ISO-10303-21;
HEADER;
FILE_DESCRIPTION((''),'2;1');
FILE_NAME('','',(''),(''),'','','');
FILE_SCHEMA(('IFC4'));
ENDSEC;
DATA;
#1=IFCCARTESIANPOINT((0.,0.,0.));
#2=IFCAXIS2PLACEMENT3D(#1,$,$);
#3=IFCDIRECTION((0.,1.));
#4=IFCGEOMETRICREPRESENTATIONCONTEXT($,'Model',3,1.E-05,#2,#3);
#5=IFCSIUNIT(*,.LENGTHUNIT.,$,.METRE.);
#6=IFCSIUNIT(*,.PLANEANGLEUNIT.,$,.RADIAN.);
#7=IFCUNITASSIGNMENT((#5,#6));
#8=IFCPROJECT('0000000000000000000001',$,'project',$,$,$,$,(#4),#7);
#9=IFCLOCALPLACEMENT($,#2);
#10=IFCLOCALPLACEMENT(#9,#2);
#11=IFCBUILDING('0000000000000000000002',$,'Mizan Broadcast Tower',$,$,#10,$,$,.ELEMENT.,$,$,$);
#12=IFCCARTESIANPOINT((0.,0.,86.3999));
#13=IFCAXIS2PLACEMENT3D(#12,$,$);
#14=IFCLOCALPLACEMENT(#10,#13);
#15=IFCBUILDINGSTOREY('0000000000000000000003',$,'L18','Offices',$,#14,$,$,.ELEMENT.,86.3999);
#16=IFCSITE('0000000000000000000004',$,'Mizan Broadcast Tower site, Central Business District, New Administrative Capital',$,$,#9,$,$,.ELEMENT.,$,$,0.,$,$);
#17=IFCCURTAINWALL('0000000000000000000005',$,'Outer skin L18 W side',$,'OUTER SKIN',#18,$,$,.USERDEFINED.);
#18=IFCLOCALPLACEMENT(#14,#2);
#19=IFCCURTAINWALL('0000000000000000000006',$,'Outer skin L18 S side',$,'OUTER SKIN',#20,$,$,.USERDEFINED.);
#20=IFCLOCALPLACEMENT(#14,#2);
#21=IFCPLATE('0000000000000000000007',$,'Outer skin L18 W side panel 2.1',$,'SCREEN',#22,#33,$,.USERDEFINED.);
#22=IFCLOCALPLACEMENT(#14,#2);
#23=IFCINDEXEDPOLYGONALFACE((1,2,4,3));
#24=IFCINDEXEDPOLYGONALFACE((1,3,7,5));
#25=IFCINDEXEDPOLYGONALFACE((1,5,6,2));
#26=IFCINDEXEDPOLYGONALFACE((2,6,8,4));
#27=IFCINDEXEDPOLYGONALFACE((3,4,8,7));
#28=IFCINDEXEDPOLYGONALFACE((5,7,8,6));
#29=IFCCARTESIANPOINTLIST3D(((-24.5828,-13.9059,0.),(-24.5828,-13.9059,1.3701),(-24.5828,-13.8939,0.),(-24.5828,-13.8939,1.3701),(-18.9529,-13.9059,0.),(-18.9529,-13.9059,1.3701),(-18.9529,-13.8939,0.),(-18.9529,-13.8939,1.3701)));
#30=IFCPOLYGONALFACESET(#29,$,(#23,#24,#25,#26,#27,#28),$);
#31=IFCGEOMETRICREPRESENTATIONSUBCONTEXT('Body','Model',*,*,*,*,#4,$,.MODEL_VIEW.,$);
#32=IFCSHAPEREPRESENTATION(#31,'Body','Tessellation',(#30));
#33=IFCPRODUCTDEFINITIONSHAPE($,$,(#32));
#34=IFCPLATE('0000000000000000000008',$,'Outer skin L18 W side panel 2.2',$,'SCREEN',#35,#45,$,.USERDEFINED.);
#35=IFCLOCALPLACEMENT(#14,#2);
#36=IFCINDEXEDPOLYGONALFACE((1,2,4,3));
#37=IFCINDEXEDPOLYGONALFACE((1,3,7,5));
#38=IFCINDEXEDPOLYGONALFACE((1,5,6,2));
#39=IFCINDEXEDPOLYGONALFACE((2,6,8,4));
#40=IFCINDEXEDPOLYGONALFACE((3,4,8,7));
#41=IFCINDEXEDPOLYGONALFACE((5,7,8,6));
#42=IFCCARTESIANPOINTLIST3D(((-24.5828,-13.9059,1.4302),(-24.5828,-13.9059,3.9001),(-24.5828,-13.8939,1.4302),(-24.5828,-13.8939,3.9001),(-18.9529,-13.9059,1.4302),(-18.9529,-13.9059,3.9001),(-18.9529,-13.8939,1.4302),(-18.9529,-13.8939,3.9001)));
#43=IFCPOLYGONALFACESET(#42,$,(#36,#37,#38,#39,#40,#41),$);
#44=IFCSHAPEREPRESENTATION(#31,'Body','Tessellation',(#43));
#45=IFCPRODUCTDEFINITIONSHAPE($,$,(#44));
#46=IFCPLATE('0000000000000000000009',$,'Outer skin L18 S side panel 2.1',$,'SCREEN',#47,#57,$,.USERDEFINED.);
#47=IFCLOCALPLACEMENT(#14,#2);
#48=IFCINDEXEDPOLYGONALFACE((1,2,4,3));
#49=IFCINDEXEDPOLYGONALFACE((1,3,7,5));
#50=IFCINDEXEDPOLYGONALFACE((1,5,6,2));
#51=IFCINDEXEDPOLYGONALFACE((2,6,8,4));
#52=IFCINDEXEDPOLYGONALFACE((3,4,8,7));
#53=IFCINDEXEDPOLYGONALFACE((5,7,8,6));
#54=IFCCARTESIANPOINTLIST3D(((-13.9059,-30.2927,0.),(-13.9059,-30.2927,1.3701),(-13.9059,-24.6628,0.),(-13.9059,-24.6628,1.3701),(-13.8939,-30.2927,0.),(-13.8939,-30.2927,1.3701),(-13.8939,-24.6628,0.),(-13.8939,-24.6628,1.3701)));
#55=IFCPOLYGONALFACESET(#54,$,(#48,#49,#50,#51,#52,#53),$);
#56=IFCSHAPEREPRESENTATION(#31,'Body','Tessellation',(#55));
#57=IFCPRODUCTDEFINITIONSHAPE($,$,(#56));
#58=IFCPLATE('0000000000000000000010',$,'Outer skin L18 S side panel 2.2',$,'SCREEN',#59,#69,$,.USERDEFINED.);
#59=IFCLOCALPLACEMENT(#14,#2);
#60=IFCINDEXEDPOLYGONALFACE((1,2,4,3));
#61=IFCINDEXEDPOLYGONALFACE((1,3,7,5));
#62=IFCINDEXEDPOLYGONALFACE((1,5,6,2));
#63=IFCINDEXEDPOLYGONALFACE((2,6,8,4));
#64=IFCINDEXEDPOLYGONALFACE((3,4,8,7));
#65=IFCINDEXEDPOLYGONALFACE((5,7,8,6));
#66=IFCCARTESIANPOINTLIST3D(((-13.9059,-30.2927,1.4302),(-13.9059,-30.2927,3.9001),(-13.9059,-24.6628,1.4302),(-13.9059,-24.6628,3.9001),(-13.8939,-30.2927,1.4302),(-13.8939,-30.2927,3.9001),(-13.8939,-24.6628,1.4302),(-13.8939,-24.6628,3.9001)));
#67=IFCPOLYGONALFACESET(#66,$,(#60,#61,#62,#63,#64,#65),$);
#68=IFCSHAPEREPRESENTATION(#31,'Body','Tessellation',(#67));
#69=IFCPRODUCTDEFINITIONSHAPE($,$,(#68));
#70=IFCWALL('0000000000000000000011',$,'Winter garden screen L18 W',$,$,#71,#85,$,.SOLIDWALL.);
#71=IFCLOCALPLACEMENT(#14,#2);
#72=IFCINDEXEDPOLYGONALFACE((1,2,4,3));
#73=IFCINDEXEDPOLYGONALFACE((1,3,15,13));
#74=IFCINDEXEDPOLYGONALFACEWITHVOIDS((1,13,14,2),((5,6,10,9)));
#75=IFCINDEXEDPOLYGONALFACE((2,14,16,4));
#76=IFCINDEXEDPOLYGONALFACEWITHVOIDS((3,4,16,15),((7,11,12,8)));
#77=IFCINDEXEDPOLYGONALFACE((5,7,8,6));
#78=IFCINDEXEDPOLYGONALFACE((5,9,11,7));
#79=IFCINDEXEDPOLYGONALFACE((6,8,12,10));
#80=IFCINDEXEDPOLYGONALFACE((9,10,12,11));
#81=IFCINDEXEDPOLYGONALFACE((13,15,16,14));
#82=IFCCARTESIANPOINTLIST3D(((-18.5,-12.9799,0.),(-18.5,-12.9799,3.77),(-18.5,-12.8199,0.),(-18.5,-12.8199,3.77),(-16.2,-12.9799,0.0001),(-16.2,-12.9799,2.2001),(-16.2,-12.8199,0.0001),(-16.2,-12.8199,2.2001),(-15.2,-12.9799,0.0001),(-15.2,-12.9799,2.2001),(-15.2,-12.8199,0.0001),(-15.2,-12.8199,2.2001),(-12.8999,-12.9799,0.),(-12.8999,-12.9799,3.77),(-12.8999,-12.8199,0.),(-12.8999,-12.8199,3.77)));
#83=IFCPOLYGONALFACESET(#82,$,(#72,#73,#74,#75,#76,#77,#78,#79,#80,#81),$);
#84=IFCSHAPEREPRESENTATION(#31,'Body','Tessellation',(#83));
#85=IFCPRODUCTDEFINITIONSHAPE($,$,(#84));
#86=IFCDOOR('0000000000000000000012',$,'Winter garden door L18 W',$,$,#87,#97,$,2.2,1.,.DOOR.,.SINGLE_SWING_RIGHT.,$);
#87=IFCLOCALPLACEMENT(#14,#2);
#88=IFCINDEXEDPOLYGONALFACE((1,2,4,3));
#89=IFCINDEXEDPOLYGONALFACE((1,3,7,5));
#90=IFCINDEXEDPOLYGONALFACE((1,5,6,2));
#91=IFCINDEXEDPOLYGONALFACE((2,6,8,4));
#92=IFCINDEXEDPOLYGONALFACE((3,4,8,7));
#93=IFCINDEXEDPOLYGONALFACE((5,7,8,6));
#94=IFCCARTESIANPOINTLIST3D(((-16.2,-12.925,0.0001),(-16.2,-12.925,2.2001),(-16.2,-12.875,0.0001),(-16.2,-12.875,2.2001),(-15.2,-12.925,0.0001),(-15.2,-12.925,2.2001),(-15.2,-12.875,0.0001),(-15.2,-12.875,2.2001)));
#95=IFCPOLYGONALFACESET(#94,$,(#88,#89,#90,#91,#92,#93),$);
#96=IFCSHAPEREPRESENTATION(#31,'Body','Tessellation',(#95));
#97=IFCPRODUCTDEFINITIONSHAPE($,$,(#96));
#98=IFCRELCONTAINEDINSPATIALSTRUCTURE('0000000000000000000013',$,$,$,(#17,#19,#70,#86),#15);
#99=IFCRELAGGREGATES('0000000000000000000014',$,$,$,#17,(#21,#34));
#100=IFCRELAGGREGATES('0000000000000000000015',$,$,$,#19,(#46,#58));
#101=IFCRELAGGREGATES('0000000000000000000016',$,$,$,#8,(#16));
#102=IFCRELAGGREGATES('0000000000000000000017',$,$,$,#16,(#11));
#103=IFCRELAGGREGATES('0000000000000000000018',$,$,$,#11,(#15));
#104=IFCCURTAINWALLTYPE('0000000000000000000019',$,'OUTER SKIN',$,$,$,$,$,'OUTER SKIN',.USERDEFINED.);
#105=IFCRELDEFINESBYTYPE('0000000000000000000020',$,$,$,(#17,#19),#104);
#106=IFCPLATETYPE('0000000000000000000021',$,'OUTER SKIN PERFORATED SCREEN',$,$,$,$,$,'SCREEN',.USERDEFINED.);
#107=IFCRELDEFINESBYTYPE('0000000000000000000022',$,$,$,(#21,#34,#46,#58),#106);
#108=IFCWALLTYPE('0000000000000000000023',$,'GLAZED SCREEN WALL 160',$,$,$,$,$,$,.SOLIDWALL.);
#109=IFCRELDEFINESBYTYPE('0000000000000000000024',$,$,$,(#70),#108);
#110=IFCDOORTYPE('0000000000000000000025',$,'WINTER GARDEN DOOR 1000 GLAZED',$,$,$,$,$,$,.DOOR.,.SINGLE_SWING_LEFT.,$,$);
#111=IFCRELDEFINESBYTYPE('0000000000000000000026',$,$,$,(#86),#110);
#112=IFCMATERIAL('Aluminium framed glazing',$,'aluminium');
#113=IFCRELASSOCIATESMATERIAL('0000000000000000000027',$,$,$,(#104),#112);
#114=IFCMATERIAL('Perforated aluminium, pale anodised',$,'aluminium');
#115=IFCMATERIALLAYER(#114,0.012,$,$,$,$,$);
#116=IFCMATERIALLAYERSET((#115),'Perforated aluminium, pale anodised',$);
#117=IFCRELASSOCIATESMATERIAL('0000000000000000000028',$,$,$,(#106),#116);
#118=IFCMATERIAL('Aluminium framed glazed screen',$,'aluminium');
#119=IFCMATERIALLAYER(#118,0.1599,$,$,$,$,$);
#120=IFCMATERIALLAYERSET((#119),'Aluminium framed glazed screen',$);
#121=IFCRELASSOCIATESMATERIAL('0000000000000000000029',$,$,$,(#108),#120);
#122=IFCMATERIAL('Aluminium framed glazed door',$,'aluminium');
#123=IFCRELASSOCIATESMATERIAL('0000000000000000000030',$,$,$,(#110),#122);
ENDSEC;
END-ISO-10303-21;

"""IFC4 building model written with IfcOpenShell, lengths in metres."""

from ifc_helpers import new_model, si_unit, direction, frame, frame_2d, origin, origin_2d, place, context, subcontext, project, spatial, rectangle, extrude, material, layer, layer_set, type_object, element, fill, aggregate, save


model = new_model("IFC4")

# Units and contexts
model_context = context("Model", 3, precision=1e-05, world=origin(), true_north=direction((0.0, 1.0)))
body_context = subcontext(model_context, "Body", "Model", "MODEL_VIEW")
ifc_project = project(units=[si_unit("LENGTHUNIT", "METRE"), si_unit("PLANEANGLEUNIT", "RADIAN")], contexts=[model_context])

# Site, building, storey
site_placement = place(None, origin())
site = spatial("IfcSite", under=ifc_project, at=site_placement, Name="Mizan Broadcast Tower site, Central Business District, New Administrative Capital", CompositionType="ELEMENT", RefElevation=0.0)
building_placement = place(site_placement, origin())
building = spatial("IfcBuilding", under=site, at=building_placement, Name="Mizan Broadcast Tower", CompositionType="ELEMENT")
storey_placement = place(building_placement, frame((0.0, 0.0, 86.3999)))
storey = spatial("IfcBuildingStorey", under=building, at=storey_placement, Name="L18", Description="Offices", CompositionType="ELEMENT", Elevation=86.3999)

# Shared definitions
ifc_material_1 = material(Name="Aluminium framed glazing", Category="aluminium")
curtain_wall_type_1 = type_object("IfcCurtainWallType", Name="OUTER SKIN", ElementType="OUTER SKIN", PredefinedType="USERDEFINED", material=ifc_material_1)

# Curtain wall
curtain_wall_1_placement = place(storey_placement, origin())
curtain_wall_1 = element("IfcCurtainWall", 1, at=curtain_wall_1_placement, inside=storey, type_object=curtain_wall_type_1, Name="Outer skin L18 W side", ObjectType="OUTER SKIN", PredefinedType="USERDEFINED")

# Curtain wall
curtain_wall_2_placement = place(storey_placement, origin())
curtain_wall_2 = element("IfcCurtainWall", 2, at=curtain_wall_2_placement, inside=storey, type_object=curtain_wall_type_1, Name="Outer skin L18 S side", ObjectType="OUTER SKIN", PredefinedType="USERDEFINED")

# Plates
ifc_material_2 = material(Name="Perforated aluminium, pale anodised", Category="aluminium")
ifc_layer_1 = layer(ifc_material_2, 0.012)
ifc_layer_set_1 = layer_set([ifc_layer_1], Name="Perforated aluminium, pale anodised")
plate_type_1 = type_object("IfcPlateType", Name="OUTER SKIN PERFORATED SCREEN", ElementType="SCREEN", PredefinedType="USERDEFINED", material=ifc_layer_set_1)
plate_1_placement = place(storey_placement, frame((-21.7678, -13.8999, 0.0), z_axis=(0.0, 0.0, 1.0), x_axis=(1.0, 0.0, 0.0)))
plate_1 = element("IfcPlate", 3, at=plate_1_placement, type_object=plate_type_1, Name="Outer skin L18 W side panel 2.1", ObjectType="SCREEN", PredefinedType="USERDEFINED", context=body_context, shape_type="SweptSolid", body=[
    extrude(rectangle(XDim=5.6299, YDim=0.012, at=origin_2d()), origin(), (0.0, 0.0, 1.0), 1.3701),
])
plate_2_placement = place(storey_placement, frame((-21.7678, -13.8999, 1.4302), z_axis=(0.0, 0.0, 1.0), x_axis=(1.0, 0.0, 0.0)))
plate_2 = element("IfcPlate", 4, at=plate_2_placement, type_object=plate_type_1, Name="Outer skin L18 W side panel 2.2", ObjectType="SCREEN", PredefinedType="USERDEFINED", context=body_context, shape_type="SweptSolid", body=[
    extrude(rectangle(XDim=5.6299, YDim=0.012, at=origin_2d()), origin(), (0.0, 0.0, 1.0), 2.47),
])
aggregate(curtain_wall_1, [plate_1, plate_2])
plate_3_placement = place(storey_placement, frame((-13.8999, -27.4778, 0.0), z_axis=(0.0, 0.0, 1.0), x_axis=(0.0, -1.0, 0.0)))
plate_3 = element("IfcPlate", 5, at=plate_3_placement, type_object=plate_type_1, Name="Outer skin L18 S side panel 2.1", ObjectType="SCREEN", PredefinedType="USERDEFINED", context=body_context, shape_type="SweptSolid", body=[
    extrude(rectangle(XDim=5.6299, YDim=0.012, at=origin_2d()), origin(), (0.0, 0.0, 1.0), 1.3701),
])
plate_4_placement = place(storey_placement, frame((-13.8999, -27.4778, 1.4302), z_axis=(0.0, 0.0, 1.0), x_axis=(0.0, -1.0, 0.0)))
plate_4 = element("IfcPlate", 6, at=plate_4_placement, type_object=plate_type_1, Name="Outer skin L18 S side panel 2.2", ObjectType="SCREEN", PredefinedType="USERDEFINED", context=body_context, shape_type="SweptSolid", body=[
    extrude(rectangle(XDim=5.6299, YDim=0.012, at=origin_2d()), origin(), (0.0, 0.0, 1.0), 2.47),
])
aggregate(curtain_wall_2, [plate_3, plate_4])

# Wall, opening, door
ifc_material_3 = material(Name="Aluminium framed glazed screen", Category="aluminium")
ifc_layer_2 = layer(ifc_material_3, 0.1599)
ifc_layer_set_2 = layer_set([ifc_layer_2], Name="Aluminium framed glazed screen")
wall_type = type_object("IfcWallType", Name="GLAZED SCREEN WALL 160", PredefinedType="SOLIDWALL", material=ifc_layer_set_2)
wall_placement = place(storey_placement, frame((-18.5, -12.8999, 0.0), z_axis=(0.0, 0.0, 1.0), x_axis=(1.0, 0.0, 0.0)))
wall = element("IfcWall", 7, at=wall_placement, inside=storey, type_object=wall_type, Name="Winter garden screen L18 W", PredefinedType="SOLIDWALL", context=body_context, shape_type="SweptSolid", body=[
    extrude(rectangle(XDim=5.6001, YDim=0.1599, at=frame_2d((2.8, 0.0))), origin(), (0.0, 0.0, 1.0), 3.77),
])
opening_placement = place(wall_placement, frame((2.3, 0.0, 0.0)))
opening = element("IfcOpeningElement", 8, at=opening_placement, cuts=wall, PredefinedType="OPENING", context=body_context, shape_type="SweptSolid", body=[
    extrude(rectangle(XDim=1.0, YDim=2.2, at=frame_2d((0.5, 1.1001))), frame((0.0, 0.0898, 0.0), z_axis=(0.0, -1.0, 0.0), x_axis=(1.0, 0.0, 0.0)), (0.0, 0.0, 1.0), 0.1799),
])
ifc_material_4 = material(Name="Aluminium framed glazed door", Category="aluminium")
door_type = type_object("IfcDoorType", Name="WINTER GARDEN DOOR 1000 GLAZED", OperationType="SINGLE_SWING_LEFT", PredefinedType="DOOR", material=ifc_material_4)
door_placement = place(opening_placement, origin())
door = element("IfcDoor", 9, at=door_placement, inside=storey, type_object=door_type, Name="Winter garden door L18 W", OperationType="SINGLE_SWING_RIGHT", OverallHeight=2.2, OverallWidth=1.0, PredefinedType="DOOR", context=body_context, shape_type="SweptSolid", body=[
    extrude(rectangle(XDim=1.0, YDim=2.2, at=frame_2d((0.5, 1.1001))), frame((0.0, 0.0249, 0.0), z_axis=(0.0, -1.0, 0.0), x_axis=(1.0, 0.0, 0.0)), (0.0, 0.0, 1.0), 0.05),
])
fill(opening, door)

save(model, "model.ifc")
